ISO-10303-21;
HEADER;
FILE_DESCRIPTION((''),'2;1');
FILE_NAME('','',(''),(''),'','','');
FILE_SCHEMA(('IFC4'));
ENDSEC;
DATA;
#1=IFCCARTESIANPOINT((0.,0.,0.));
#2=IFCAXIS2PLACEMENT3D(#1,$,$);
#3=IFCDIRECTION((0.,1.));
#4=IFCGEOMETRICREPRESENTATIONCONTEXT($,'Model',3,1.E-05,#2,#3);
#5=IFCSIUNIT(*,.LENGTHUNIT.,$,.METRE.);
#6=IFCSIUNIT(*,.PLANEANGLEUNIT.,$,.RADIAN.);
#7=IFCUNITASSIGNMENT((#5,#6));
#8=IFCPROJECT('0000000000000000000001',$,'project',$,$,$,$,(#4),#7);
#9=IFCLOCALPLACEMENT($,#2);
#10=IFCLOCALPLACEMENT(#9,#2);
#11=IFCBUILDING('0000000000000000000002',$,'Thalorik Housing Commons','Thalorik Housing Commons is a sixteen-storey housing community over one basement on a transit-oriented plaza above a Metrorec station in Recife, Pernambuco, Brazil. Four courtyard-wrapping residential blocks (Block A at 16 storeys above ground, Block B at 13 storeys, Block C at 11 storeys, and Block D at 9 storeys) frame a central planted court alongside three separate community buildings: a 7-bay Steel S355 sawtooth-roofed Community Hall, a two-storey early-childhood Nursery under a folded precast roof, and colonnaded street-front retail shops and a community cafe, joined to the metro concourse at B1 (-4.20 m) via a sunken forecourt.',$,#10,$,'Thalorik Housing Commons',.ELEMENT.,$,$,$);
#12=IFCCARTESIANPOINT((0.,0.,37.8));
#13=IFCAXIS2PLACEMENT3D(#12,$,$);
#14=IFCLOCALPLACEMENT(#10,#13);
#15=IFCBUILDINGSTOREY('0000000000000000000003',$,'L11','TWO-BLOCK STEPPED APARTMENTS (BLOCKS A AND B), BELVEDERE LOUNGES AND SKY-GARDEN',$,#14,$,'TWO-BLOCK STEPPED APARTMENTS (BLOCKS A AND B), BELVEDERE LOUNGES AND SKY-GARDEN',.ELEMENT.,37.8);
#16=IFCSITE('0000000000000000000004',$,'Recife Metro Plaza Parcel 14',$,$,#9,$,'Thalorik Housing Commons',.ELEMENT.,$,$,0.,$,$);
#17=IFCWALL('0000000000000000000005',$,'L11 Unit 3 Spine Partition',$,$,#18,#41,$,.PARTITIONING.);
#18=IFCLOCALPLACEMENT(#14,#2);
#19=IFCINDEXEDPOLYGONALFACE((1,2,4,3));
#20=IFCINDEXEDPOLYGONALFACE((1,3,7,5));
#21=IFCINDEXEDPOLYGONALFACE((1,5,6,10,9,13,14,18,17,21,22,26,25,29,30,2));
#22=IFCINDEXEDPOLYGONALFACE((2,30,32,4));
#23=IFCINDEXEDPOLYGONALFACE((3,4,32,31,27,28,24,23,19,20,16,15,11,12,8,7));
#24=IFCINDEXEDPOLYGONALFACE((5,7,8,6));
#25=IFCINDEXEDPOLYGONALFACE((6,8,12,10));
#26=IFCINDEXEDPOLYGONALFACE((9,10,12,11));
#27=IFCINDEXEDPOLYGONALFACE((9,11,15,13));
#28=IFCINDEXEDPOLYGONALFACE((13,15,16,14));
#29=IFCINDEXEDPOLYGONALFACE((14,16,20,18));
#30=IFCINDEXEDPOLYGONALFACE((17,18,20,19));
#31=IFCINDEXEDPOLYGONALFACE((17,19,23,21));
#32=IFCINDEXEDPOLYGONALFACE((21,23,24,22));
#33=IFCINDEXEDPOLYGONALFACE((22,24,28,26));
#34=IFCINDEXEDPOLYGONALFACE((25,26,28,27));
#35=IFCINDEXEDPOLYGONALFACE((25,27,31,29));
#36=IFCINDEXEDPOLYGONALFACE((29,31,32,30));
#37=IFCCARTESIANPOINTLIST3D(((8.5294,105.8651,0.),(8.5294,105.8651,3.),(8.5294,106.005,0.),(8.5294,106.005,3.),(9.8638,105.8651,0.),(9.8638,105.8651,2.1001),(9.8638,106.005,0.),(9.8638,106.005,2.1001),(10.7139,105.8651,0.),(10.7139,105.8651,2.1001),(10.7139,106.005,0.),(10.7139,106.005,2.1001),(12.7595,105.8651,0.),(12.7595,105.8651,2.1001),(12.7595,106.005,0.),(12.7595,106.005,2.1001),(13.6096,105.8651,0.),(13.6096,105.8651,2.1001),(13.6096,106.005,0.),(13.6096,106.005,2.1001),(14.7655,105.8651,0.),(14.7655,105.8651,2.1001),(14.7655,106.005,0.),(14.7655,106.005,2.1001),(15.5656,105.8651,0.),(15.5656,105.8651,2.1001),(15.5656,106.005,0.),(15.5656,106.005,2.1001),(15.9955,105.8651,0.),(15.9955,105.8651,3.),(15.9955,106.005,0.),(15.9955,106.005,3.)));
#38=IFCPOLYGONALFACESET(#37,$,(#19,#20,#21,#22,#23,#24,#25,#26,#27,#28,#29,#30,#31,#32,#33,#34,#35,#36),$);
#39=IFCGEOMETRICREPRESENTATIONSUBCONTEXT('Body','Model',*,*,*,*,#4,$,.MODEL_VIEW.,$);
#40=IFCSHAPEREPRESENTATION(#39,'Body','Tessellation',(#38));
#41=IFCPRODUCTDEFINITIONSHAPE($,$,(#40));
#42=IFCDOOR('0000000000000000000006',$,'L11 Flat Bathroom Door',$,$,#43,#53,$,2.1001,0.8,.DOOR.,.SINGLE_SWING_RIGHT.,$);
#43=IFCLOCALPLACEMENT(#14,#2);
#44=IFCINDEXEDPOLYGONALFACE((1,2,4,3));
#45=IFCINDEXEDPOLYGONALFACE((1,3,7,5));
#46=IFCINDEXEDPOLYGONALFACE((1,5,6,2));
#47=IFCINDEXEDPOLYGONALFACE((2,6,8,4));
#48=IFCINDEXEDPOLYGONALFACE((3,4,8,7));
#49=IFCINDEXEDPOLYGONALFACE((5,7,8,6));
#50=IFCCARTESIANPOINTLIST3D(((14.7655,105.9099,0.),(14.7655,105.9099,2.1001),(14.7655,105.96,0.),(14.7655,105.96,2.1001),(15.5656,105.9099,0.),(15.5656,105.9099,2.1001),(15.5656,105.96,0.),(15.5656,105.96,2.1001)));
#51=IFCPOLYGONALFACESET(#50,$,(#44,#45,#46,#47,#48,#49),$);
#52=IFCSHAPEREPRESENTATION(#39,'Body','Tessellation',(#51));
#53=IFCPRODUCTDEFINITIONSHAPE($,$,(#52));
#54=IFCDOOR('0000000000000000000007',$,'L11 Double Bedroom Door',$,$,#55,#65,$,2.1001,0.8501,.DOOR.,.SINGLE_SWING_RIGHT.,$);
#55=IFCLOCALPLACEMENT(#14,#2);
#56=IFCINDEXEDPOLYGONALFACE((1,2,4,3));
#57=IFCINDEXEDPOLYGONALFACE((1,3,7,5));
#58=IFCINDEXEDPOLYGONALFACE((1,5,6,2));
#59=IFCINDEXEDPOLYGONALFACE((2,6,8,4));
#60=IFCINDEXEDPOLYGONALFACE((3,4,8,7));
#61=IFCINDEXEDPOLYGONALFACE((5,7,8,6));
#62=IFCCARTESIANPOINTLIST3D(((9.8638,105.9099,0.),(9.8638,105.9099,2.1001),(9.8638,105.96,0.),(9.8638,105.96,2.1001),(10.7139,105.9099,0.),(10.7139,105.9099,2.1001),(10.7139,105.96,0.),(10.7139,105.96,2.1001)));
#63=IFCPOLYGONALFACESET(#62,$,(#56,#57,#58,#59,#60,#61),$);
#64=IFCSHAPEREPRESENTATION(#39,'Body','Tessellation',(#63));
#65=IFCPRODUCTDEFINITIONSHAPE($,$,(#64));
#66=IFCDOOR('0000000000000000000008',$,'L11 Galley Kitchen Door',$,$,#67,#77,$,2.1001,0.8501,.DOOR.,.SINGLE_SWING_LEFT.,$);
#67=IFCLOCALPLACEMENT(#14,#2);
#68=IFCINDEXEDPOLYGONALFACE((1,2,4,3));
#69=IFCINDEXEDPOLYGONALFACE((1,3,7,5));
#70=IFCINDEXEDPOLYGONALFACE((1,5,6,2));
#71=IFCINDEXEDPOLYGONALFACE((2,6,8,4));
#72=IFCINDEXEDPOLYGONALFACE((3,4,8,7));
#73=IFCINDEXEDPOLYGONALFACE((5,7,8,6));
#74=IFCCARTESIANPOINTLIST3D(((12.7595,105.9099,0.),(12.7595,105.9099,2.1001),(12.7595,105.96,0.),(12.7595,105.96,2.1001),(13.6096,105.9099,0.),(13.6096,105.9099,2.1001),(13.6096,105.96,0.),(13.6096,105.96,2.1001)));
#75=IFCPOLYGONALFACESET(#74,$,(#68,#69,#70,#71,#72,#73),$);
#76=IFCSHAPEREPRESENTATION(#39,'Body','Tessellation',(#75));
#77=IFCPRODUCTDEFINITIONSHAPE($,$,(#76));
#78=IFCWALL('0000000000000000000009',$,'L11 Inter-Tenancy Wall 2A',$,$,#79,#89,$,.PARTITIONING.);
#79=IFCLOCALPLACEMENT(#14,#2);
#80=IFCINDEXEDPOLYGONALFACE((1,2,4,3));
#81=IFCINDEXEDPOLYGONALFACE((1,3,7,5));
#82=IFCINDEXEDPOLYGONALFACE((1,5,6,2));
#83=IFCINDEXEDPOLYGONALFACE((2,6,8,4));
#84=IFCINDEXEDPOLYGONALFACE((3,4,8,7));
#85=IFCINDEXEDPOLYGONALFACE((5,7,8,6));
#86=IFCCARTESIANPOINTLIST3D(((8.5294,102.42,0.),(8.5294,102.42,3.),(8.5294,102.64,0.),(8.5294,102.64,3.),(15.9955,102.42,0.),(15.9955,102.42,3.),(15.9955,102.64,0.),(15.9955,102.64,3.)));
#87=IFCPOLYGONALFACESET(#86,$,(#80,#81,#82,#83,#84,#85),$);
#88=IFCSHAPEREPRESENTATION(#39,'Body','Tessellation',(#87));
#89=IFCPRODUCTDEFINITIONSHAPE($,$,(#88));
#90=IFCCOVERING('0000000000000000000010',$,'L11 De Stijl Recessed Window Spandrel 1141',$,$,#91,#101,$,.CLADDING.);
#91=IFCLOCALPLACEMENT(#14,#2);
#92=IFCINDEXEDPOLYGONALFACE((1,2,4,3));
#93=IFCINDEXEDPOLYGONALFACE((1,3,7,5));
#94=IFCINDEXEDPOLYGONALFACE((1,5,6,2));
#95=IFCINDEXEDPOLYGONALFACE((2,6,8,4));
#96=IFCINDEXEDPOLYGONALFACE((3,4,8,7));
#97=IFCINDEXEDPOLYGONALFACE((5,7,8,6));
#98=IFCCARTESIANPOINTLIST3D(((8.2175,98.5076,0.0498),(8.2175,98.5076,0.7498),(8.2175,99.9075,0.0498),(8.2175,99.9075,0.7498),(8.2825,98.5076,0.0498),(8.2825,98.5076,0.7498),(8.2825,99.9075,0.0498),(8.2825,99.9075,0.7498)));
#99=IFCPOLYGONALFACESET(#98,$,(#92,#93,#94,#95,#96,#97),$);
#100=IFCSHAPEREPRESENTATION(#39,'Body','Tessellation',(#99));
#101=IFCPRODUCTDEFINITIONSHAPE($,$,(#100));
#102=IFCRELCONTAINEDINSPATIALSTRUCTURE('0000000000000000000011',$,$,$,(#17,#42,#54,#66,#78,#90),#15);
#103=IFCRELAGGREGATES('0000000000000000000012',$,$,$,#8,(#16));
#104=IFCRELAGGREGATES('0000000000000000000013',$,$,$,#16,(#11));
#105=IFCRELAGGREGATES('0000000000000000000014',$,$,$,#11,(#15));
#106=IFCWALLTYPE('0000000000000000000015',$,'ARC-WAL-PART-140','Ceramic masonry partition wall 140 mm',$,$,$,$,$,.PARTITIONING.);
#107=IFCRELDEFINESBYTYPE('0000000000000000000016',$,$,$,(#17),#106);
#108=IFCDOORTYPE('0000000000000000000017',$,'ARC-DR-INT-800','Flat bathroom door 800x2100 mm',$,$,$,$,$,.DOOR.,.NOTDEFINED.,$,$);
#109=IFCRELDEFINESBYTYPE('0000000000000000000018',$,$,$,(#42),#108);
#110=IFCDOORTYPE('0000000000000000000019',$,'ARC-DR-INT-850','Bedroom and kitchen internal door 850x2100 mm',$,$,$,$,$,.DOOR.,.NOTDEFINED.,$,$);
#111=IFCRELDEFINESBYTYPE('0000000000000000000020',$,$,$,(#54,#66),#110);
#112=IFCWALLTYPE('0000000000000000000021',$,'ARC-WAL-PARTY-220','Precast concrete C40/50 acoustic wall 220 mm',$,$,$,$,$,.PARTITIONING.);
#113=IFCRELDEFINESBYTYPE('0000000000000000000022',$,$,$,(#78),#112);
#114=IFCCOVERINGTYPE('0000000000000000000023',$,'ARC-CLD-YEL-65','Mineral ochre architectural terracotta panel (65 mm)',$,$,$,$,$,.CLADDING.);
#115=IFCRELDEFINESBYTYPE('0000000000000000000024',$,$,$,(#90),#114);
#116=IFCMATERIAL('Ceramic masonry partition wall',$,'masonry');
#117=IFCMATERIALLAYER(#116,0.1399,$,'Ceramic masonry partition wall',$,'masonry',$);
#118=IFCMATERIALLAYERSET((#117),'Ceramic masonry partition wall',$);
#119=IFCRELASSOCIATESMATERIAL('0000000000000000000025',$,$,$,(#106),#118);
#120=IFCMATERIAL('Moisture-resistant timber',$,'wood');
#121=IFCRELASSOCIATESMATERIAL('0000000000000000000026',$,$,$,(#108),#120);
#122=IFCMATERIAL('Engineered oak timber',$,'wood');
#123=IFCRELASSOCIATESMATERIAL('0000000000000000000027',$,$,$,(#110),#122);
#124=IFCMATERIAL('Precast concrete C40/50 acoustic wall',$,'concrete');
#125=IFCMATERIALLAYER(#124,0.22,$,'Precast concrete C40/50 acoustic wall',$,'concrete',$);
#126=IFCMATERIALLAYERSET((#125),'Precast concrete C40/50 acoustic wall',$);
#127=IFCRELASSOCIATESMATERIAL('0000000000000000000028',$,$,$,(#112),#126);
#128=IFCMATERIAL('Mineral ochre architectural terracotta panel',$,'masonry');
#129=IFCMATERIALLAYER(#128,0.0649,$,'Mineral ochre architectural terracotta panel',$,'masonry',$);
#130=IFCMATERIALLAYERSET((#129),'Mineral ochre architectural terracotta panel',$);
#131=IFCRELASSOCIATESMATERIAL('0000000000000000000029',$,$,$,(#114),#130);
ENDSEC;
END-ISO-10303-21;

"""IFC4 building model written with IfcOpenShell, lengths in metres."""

from ifc_helpers import new_model, si_unit, direction, frame, frame_2d, origin, origin_2d, place, context, subcontext, project, spatial, rectangle, extrude, material, layer, layer_set, type_object, element, fill, save


model = new_model("IFC4")

# Units and contexts
model_context = context("Model", 3, precision=1e-05, world=origin(), true_north=direction((0.0, 1.0)))
body_context = subcontext(model_context, "Body", "Model", "MODEL_VIEW")
ifc_project = project(units=[si_unit("LENGTHUNIT", "METRE"), si_unit("PLANEANGLEUNIT", "RADIAN")], contexts=[model_context])

# Site, building, storey
site_placement = place(None, origin())
site = spatial("IfcSite", under=ifc_project, at=site_placement, Name="Recife Metro Plaza Parcel 14", LongName="Thalorik Housing Commons", CompositionType="ELEMENT", RefElevation=0.0)
building_placement = place(site_placement, origin())
building = spatial("IfcBuilding", under=site, at=building_placement, Name="Thalorik Housing Commons", Description="Thalorik Housing Commons is a sixteen-storey housing community over one basement on a transit-oriented plaza above a Metrorec station in Recife, Pernambuco, Brazil. Four courtyard-wrapping residential blocks (Block A at 16 storeys above ground, Block B at 13 storeys, Block C at 11 storeys, and Block D at 9 storeys) frame a central planted court alongside three separate community buildings: a 7-bay Steel S355 sawtooth-roofed Community Hall, a two-storey early-childhood Nursery under a folded precast roof, and colonnaded street-front retail shops and a community cafe, joined to the metro concourse at B1 (-4.20 m) via a sunken forecourt.", LongName="Thalorik Housing Commons", CompositionType="ELEMENT")
storey_placement = place(building_placement, frame((0.0, 0.0, 37.8)))
storey = spatial("IfcBuildingStorey", under=building, at=storey_placement, Name="L11", Description="TWO-BLOCK STEPPED APARTMENTS (BLOCKS A AND B), BELVEDERE LOUNGES AND SKY-GARDEN", LongName="TWO-BLOCK STEPPED APARTMENTS (BLOCKS A AND B), BELVEDERE LOUNGES AND SKY-GARDEN", CompositionType="ELEMENT", Elevation=37.8)

# Wall, openings, doors
ifc_material_1 = material(Name="Ceramic masonry partition wall", Category="masonry")
ifc_layer_1 = layer(ifc_material_1, 0.1399, Name="Ceramic masonry partition wall", Category="masonry")
ifc_layer_set_1 = layer_set([ifc_layer_1], Name="Ceramic masonry partition wall")
wall_type_1 = type_object("IfcWallType", Name="ARC-WAL-PART-140", Description="Ceramic masonry partition wall 140 mm", PredefinedType="PARTITIONING", material=ifc_layer_set_1)
ifc_material_2 = material(Name="Moisture-resistant timber", Category="wood")
door_type_1 = type_object("IfcDoorType", Name="ARC-DR-INT-800", Description="Flat bathroom door 800x2100 mm", OperationType="NOTDEFINED", PredefinedType="DOOR", material=ifc_material_2)
ifc_material_3 = material(Name="Engineered oak timber", Category="wood")
door_type_2 = type_object("IfcDoorType", Name="ARC-DR-INT-850", Description="Bedroom and kitchen internal door 850x2100 mm", OperationType="NOTDEFINED", PredefinedType="DOOR", material=ifc_material_3)
wall_1_placement = place(storey_placement, frame((8.5295, 105.9351, 0.0), z_axis=(0.0, 0.0, 1.0), x_axis=(1.0, 0.0, 0.0)))
wall_1 = element("IfcWall", 1, at=wall_1_placement, inside=storey, type_object=wall_type_1, Name="L11 Unit 3 Spine Partition", PredefinedType="PARTITIONING", context=body_context, shape_type="SweptSolid", body=[
    extrude(rectangle(XDim=7.4661, YDim=0.1399, at=frame_2d((3.7329, 0.0))), origin(), (0.0, 0.0, 1.0), 3.0),
])
opening_1_placement = place(wall_1_placement, frame((1.3342, 0.0, 0.0)))
opening_1 = element("IfcOpeningElement", 2, at=opening_1_placement, cuts=wall_1, PredefinedType="OPENING", context=body_context, shape_type="SweptSolid", body=[
    extrude(rectangle(XDim=0.8501, YDim=2.1001, at=frame_2d((0.425, 1.05))), frame((0.0, 0.0801, 0.0), z_axis=(0.0, -1.0, 0.0), x_axis=(1.0, 0.0, 0.0)), (0.0, 0.0, 1.0), 0.1599),
])
opening_2_placement = place(wall_1_placement, frame((4.23, 0.0, 0.0)))
opening_2 = element("IfcOpeningElement", 3, at=opening_2_placement, cuts=wall_1, PredefinedType="OPENING", context=body_context, shape_type="SweptSolid", body=[
    extrude(rectangle(XDim=0.8501, YDim=2.1001, at=frame_2d((0.425, 1.05))), frame((0.0, 0.0801, 0.0), z_axis=(0.0, -1.0, 0.0), x_axis=(1.0, 0.0, 0.0)), (0.0, 0.0, 1.0), 0.1599),
])
opening_3_placement = place(wall_1_placement, frame((6.2361, 0.0, 0.0)))
opening_3 = element("IfcOpeningElement", 4, at=opening_3_placement, cuts=wall_1, PredefinedType="OPENING", context=body_context, shape_type="SweptSolid", body=[
    extrude(rectangle(XDim=0.8, YDim=2.1001, at=frame_2d((0.3999, 1.05))), frame((0.0, 0.0801, 0.0), z_axis=(0.0, -1.0, 0.0), x_axis=(1.0, 0.0, 0.0)), (0.0, 0.0, 1.0), 0.1599),
])
door_1_placement = place(opening_3_placement, origin())
door_1 = element("IfcDoor", 5, at=door_1_placement, inside=storey, type_object=door_type_1, Name="L11 Flat Bathroom Door", OperationType="SINGLE_SWING_RIGHT", OverallHeight=2.1001, OverallWidth=0.8, PredefinedType="DOOR", context=body_context, shape_type="SweptSolid", body=[
    extrude(rectangle(XDim=0.8, YDim=2.1001, at=frame_2d((0.3999, 1.05))), frame((0.0, 0.0249, 0.0), z_axis=(0.0, -1.0, 0.0), x_axis=(1.0, 0.0, 0.0)), (0.0, 0.0, 1.0), 0.05),
])
fill(opening_3, door_1)
door_2_placement = place(opening_1_placement, origin())
door_2 = element("IfcDoor", 6, at=door_2_placement, inside=storey, type_object=door_type_2, Name="L11 Double Bedroom Door", OperationType="SINGLE_SWING_RIGHT", OverallHeight=2.1001, OverallWidth=0.8501, PredefinedType="DOOR", context=body_context, shape_type="SweptSolid", body=[
    extrude(rectangle(XDim=0.8501, YDim=2.1001, at=frame_2d((0.425, 1.05))), frame((0.0, 0.0249, 0.0), z_axis=(0.0, -1.0, 0.0), x_axis=(1.0, 0.0, 0.0)), (0.0, 0.0, 1.0), 0.05),
])
fill(opening_1, door_2)
door_3_placement = place(opening_2_placement, origin())
door_3 = element("IfcDoor", 7, at=door_3_placement, inside=storey, type_object=door_type_2, Name="L11 Galley Kitchen Door", OperationType="SINGLE_SWING_LEFT", OverallHeight=2.1001, OverallWidth=0.8501, PredefinedType="DOOR", context=body_context, shape_type="SweptSolid", body=[
    extrude(rectangle(XDim=0.8501, YDim=2.1001, at=frame_2d((0.425, 1.05))), frame((0.0, 0.0249, 0.0), z_axis=(0.0, -1.0, 0.0), x_axis=(1.0, 0.0, 0.0)), (0.0, 0.0, 1.0), 0.05),
])
fill(opening_2, door_3)

# Wall
ifc_material_4 = material(Name="Precast concrete C40/50 acoustic wall", Category="concrete")
ifc_layer_2 = layer(ifc_material_4, 0.22, Name="Precast concrete C40/50 acoustic wall", Category="concrete")
ifc_layer_set_2 = layer_set([ifc_layer_2], Name="Precast concrete C40/50 acoustic wall")
wall_type_2 = type_object("IfcWallType", Name="ARC-WAL-PARTY-220", Description="Precast concrete C40/50 acoustic wall 220 mm", PredefinedType="PARTITIONING", material=ifc_layer_set_2)
wall_2_placement = place(storey_placement, frame((8.5295, 102.53, 0.0), z_axis=(0.0, 0.0, 1.0), x_axis=(1.0, 0.0, 0.0)))
element("IfcWall", 8, at=wall_2_placement, inside=storey, type_object=wall_type_2, Name="L11 Inter-Tenancy Wall 2A", PredefinedType="PARTITIONING", context=body_context, shape_type="SweptSolid", body=[
    extrude(rectangle(XDim=7.4661, YDim=0.22, at=frame_2d((3.7329, 0.0))), origin(), (0.0, 0.0, 1.0), 3.0),
])

# Covering
ifc_material_5 = material(Name="Mineral ochre architectural terracotta panel", Category="masonry")
ifc_layer_3 = layer(ifc_material_5, 0.0649, Name="Mineral ochre architectural terracotta panel", Category="masonry")
ifc_layer_set_3 = layer_set([ifc_layer_3], Name="Mineral ochre architectural terracotta panel")
covering_type_1 = type_object("IfcCoveringType", Name="ARC-CLD-YEL-65", Description="Mineral ochre architectural terracotta panel (65 mm)", PredefinedType="CLADDING", material=ifc_layer_set_3)
covering_1_placement = place(storey_placement, frame((8.25, 99.2075, 0.0498), z_axis=(0.0, 0.0, 1.0), x_axis=(0.0, -1.0, 0.0)))
element("IfcCovering", 9, at=covering_1_placement, inside=storey, type_object=covering_type_1, Name="L11 De Stijl Recessed Window Spandrel 1141", PredefinedType="CLADDING", context=body_context, shape_type="SweptSolid", body=[
    extrude(rectangle(XDim=1.3999, YDim=0.0649, at=origin_2d()), origin(), (0.0, 0.0, 1.0), 0.7),
])

save(model, "model.ifc")
